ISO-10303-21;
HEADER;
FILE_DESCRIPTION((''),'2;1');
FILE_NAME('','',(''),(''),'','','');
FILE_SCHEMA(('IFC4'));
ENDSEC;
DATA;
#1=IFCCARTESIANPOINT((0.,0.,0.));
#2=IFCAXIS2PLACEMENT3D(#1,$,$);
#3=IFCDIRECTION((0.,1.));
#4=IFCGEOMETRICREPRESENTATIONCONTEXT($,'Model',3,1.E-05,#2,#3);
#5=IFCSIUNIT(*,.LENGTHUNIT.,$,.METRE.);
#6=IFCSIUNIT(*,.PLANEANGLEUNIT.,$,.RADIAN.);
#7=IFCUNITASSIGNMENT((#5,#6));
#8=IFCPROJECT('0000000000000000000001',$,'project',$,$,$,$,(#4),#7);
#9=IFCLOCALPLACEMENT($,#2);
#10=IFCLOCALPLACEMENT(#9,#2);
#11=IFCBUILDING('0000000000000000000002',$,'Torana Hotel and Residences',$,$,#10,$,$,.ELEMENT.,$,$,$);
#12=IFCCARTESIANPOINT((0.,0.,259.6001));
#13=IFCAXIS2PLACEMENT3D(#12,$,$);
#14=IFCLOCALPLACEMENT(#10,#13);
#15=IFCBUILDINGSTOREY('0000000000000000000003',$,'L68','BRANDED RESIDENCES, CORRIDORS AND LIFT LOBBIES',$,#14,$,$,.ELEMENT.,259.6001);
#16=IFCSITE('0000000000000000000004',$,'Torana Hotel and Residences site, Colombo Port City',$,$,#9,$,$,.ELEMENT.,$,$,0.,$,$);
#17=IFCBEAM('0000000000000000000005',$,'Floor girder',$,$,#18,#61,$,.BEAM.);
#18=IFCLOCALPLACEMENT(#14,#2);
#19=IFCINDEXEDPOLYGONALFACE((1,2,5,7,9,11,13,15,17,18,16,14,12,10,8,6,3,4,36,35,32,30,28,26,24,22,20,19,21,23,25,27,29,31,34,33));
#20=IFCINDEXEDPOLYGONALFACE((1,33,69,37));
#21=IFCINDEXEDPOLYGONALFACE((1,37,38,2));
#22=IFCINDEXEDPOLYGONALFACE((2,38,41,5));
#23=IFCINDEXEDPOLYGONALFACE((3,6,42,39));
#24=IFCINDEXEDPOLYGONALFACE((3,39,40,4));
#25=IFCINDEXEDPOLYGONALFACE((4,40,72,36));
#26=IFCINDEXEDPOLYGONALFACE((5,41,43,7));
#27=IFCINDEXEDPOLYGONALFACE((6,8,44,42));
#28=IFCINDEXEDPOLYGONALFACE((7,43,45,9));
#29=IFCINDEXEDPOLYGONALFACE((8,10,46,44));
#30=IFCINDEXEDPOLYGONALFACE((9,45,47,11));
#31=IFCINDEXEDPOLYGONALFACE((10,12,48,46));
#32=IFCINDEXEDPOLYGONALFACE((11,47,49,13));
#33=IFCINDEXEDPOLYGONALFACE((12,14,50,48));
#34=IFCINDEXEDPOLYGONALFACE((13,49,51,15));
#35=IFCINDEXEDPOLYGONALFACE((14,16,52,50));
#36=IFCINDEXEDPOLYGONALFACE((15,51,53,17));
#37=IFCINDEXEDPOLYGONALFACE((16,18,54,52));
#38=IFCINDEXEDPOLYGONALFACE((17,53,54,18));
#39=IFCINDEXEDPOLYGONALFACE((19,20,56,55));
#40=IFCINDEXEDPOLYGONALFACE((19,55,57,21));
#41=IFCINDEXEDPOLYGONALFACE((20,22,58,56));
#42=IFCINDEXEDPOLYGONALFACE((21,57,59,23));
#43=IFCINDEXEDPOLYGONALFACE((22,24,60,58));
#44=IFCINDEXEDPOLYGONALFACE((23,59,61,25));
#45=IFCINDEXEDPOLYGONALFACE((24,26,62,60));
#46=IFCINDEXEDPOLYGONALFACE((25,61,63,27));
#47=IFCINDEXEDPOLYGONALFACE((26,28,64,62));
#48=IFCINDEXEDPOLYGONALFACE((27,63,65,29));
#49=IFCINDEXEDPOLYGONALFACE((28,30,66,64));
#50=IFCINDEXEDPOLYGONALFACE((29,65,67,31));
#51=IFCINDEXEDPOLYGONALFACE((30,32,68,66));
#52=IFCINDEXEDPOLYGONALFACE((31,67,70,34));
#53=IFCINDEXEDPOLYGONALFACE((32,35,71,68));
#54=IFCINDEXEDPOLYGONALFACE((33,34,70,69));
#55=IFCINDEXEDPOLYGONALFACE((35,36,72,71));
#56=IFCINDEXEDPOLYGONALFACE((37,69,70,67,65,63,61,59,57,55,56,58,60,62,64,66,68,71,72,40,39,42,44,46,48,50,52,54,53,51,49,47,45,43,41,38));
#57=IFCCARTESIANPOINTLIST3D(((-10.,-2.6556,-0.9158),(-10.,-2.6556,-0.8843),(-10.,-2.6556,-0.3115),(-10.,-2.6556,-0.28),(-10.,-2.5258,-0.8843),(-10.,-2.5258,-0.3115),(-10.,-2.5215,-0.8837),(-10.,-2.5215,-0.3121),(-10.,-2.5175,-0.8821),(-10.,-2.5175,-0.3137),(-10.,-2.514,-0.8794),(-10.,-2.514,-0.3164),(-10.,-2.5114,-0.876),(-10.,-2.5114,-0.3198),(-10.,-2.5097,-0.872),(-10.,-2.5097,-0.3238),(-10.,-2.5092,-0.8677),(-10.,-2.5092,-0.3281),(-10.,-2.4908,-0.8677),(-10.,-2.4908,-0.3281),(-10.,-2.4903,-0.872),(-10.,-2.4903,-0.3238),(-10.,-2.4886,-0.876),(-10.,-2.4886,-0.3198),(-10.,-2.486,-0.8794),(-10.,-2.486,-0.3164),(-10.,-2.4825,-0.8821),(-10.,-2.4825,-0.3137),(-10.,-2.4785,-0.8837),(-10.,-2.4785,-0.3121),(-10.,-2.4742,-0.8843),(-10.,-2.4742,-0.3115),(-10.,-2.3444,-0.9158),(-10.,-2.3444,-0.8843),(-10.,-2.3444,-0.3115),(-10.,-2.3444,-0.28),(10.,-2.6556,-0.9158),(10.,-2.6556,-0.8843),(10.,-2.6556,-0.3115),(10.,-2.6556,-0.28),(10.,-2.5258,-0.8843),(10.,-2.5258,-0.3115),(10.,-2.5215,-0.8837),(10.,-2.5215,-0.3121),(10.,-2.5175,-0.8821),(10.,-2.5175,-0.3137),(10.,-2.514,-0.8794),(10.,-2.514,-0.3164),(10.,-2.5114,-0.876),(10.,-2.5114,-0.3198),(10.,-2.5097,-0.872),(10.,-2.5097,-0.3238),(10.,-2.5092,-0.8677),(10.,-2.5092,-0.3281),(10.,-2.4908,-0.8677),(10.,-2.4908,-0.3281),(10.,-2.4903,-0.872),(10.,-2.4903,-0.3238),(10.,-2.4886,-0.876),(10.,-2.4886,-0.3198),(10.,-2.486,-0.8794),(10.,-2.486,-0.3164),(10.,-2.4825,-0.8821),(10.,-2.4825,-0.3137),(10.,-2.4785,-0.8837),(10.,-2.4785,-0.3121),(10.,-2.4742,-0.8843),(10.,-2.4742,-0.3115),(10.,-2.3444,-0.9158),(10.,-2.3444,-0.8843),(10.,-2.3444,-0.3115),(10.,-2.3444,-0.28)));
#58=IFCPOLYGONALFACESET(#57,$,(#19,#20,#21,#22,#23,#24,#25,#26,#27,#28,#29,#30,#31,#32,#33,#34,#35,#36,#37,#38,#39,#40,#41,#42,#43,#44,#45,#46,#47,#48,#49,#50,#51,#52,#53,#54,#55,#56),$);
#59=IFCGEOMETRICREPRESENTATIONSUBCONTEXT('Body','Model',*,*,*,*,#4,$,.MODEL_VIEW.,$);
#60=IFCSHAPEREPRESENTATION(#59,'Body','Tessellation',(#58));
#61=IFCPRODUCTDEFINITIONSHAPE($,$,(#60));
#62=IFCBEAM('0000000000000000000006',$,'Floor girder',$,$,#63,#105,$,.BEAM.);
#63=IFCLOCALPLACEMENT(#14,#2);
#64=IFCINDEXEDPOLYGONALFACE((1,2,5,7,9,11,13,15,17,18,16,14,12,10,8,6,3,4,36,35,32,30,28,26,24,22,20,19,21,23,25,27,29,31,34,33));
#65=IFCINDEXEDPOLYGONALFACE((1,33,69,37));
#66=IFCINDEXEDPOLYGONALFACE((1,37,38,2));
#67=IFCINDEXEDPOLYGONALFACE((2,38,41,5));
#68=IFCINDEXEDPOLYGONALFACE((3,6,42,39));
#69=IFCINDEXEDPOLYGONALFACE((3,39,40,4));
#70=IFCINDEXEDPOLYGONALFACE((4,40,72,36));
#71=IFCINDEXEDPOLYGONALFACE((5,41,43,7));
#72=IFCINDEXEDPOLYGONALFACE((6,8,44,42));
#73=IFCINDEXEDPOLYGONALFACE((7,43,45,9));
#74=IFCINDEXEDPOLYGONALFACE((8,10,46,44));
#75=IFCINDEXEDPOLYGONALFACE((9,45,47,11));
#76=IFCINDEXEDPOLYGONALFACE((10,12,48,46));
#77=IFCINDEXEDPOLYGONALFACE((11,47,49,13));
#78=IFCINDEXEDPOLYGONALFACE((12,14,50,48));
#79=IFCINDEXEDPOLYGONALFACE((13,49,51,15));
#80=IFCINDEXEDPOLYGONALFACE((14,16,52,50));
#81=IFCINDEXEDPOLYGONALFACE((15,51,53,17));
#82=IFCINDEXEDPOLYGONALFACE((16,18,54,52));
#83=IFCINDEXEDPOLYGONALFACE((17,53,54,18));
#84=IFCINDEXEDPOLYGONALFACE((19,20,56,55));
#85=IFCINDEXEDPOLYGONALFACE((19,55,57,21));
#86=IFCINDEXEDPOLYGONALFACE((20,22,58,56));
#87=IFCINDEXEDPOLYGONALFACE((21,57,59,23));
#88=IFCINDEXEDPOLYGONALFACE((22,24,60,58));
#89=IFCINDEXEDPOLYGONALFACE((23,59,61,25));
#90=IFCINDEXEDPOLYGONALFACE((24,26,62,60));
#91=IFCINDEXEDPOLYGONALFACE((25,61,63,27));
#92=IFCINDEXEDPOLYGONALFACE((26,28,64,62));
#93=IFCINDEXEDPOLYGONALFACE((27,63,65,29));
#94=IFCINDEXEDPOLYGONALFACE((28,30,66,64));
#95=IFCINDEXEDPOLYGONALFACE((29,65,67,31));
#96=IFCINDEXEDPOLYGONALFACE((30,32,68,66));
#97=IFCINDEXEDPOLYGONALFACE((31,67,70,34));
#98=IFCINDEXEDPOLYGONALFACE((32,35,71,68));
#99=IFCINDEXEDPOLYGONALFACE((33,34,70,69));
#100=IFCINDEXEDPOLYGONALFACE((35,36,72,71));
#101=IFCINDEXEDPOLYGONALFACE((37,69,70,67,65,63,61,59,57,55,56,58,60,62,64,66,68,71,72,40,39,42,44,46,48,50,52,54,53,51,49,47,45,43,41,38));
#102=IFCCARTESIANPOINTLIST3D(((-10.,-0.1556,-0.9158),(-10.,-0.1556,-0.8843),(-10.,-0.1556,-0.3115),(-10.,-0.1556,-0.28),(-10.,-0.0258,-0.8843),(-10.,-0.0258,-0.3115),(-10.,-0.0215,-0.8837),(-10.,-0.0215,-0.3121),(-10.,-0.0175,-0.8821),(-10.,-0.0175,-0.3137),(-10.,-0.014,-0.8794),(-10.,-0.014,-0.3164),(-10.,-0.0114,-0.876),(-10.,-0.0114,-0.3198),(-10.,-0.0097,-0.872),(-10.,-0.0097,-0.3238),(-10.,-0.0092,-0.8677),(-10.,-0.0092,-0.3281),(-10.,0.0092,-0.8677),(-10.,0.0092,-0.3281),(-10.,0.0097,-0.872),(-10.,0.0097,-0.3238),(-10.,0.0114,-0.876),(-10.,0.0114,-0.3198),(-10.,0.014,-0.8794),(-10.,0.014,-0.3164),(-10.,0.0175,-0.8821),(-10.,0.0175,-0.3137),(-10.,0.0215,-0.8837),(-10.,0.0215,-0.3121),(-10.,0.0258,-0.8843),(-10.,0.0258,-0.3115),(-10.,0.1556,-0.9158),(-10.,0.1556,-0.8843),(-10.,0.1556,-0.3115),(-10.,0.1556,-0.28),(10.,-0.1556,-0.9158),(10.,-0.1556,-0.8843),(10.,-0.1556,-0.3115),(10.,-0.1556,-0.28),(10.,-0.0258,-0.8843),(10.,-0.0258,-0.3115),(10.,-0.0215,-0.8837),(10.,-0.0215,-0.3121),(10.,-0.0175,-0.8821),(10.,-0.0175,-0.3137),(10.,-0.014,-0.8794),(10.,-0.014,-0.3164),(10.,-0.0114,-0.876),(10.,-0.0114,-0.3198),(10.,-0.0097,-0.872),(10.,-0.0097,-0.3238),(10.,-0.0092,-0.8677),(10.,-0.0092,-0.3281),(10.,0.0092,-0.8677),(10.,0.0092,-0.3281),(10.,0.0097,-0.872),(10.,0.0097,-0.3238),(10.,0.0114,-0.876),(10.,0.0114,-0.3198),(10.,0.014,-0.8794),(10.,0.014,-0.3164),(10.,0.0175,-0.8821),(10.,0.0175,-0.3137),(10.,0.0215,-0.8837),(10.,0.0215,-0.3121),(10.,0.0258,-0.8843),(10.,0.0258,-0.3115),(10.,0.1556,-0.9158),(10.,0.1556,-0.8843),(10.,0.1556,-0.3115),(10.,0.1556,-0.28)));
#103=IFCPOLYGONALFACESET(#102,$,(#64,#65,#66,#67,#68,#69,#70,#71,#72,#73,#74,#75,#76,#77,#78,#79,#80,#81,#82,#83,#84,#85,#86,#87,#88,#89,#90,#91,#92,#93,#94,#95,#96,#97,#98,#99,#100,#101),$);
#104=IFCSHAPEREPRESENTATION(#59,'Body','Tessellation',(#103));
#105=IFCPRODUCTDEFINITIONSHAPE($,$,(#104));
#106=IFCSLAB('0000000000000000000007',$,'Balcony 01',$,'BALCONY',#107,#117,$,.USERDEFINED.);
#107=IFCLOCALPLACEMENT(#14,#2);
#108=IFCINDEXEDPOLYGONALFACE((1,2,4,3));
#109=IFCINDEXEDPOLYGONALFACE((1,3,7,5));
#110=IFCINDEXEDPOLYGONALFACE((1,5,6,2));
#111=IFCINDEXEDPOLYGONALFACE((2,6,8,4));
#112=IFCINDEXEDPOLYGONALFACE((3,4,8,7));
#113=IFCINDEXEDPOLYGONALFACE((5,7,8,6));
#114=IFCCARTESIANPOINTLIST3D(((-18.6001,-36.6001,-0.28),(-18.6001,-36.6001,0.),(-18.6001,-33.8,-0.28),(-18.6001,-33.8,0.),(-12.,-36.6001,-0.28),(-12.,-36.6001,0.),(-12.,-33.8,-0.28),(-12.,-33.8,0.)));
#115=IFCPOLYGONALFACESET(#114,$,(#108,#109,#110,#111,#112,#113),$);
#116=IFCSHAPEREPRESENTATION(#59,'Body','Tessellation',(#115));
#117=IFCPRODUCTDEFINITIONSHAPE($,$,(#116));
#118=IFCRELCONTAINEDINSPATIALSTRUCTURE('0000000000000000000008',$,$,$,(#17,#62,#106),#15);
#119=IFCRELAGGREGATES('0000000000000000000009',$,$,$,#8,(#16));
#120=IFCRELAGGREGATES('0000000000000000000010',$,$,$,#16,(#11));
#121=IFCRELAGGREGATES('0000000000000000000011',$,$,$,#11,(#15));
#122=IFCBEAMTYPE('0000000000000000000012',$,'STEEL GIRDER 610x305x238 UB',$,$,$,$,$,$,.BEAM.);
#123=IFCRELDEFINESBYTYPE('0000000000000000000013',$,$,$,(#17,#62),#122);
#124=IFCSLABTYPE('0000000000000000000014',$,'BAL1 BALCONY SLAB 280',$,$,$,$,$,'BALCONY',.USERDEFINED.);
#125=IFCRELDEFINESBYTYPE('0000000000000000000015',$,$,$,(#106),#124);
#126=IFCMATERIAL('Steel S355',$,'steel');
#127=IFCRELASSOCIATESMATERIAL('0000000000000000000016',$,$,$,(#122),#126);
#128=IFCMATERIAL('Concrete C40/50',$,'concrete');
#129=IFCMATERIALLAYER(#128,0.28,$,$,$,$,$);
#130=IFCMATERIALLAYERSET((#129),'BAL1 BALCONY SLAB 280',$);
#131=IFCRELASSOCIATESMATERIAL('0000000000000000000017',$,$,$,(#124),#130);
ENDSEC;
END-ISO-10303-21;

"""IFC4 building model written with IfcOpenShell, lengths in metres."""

from ifc_helpers import new_model, si_unit, direction, frame, origin, origin_2d, place, context, subcontext, project, spatial, polyline, i_section, outline, extrude, material, layer, layer_set, material_profile, profile_set, type_object, element, save


model = new_model("IFC4")

# Units and contexts
model_context = context("Model", 3, precision=1e-05, world=origin(), true_north=direction((0.0, 1.0)))
body_context = subcontext(model_context, "Body", "Model", "MODEL_VIEW")
ifc_project = project(units=[si_unit("LENGTHUNIT", "METRE"), si_unit("PLANEANGLEUNIT", "RADIAN")], contexts=[model_context])

# Site, building, storey
site_placement = place(None, origin())
site = spatial("IfcSite", under=ifc_project, at=site_placement, Name="Torana Hotel and Residences site, Colombo Port City", CompositionType="ELEMENT", RefElevation=0.0)
building_placement = place(site_placement, origin())
building = spatial("IfcBuilding", under=site, at=building_placement, Name="Torana Hotel and Residences", CompositionType="ELEMENT")
storey_placement = place(building_placement, frame((0.0, 0.0, 259.6001)))
storey = spatial("IfcBuildingStorey", under=building, at=storey_placement, Name="L68", Description="BRANDED RESIDENCES, CORRIDORS AND LIFT LOBBIES", CompositionType="ELEMENT", Elevation=259.6001)

# Beams
ifc_material_1 = material(Name="Steel S355", Category="steel")
ifc_material_profile = material_profile(ifc_material_1, i_section(OverallWidth=0.3113, OverallDepth=0.6357, WebThickness=0.0183, FlangeThickness=0.0315, FilletRadius=0.0166, at=origin_2d()), Name="610x305x238 UB")
ifc_profile_set = profile_set([ifc_material_profile], Name="Steel S355")
beam_type = type_object("IfcBeamType", Name="STEEL GIRDER 610x305x238 UB", PredefinedType="BEAM", material=ifc_profile_set)
for number, where, z_axis, x_axis, name in (
    (1, (-10.0, -2.5, -0.5979), (1.0, 0.0, 0.0), (0.0, 1.0, 0.0), "Floor girder"),
    (2, (-10.0, 0.0, -0.5979), (1.0, 0.0, 0.0), (0.0, 1.0, 0.0), "Floor girder"),
):
    element("IfcBeam", number, at=place(storey_placement, frame(where, z_axis=z_axis, x_axis=x_axis)), inside=storey, type_object=beam_type, Name=name, PredefinedType="BEAM", context=body_context, shape_type="SweptSolid", body=[
        extrude(i_section(OverallWidth=0.3113, OverallDepth=0.6357, WebThickness=0.0183, FlangeThickness=0.0315, FilletRadius=0.0166, at=origin_2d()), origin(), (0.0, 0.0, 1.0), 20.0),
    ])

# Slab
ifc_material_2 = material(Name="Concrete C40/50", Category="concrete")
ifc_layer_1 = layer(ifc_material_2, 0.28)
ifc_layer_set_1 = layer_set([ifc_layer_1], Name="BAL1 BALCONY SLAB 280")
slab_type_1 = type_object("IfcSlabType", Name="BAL1 BALCONY SLAB 280", ElementType="BALCONY", PredefinedType="USERDEFINED", material=ifc_layer_set_1)
slab_1_placement = place(storey_placement, frame((0.0, 0.0, -0.28)))
element("IfcSlab", 3, at=slab_1_placement, inside=storey, type_object=slab_type_1, Name="Balcony 01", ObjectType="BALCONY", PredefinedType="USERDEFINED", context=body_context, shape_type="SweptSolid", body=[
    extrude(outline(polyline([(-18.6001, -36.6001), (-12.0, -36.6001), (-12.0, -33.8), (-18.6001, -33.8), (-18.6001, -36.6001)])), origin(), (0.0, 0.0, 1.0), 0.28),
])

save(model, "model.ifc")
